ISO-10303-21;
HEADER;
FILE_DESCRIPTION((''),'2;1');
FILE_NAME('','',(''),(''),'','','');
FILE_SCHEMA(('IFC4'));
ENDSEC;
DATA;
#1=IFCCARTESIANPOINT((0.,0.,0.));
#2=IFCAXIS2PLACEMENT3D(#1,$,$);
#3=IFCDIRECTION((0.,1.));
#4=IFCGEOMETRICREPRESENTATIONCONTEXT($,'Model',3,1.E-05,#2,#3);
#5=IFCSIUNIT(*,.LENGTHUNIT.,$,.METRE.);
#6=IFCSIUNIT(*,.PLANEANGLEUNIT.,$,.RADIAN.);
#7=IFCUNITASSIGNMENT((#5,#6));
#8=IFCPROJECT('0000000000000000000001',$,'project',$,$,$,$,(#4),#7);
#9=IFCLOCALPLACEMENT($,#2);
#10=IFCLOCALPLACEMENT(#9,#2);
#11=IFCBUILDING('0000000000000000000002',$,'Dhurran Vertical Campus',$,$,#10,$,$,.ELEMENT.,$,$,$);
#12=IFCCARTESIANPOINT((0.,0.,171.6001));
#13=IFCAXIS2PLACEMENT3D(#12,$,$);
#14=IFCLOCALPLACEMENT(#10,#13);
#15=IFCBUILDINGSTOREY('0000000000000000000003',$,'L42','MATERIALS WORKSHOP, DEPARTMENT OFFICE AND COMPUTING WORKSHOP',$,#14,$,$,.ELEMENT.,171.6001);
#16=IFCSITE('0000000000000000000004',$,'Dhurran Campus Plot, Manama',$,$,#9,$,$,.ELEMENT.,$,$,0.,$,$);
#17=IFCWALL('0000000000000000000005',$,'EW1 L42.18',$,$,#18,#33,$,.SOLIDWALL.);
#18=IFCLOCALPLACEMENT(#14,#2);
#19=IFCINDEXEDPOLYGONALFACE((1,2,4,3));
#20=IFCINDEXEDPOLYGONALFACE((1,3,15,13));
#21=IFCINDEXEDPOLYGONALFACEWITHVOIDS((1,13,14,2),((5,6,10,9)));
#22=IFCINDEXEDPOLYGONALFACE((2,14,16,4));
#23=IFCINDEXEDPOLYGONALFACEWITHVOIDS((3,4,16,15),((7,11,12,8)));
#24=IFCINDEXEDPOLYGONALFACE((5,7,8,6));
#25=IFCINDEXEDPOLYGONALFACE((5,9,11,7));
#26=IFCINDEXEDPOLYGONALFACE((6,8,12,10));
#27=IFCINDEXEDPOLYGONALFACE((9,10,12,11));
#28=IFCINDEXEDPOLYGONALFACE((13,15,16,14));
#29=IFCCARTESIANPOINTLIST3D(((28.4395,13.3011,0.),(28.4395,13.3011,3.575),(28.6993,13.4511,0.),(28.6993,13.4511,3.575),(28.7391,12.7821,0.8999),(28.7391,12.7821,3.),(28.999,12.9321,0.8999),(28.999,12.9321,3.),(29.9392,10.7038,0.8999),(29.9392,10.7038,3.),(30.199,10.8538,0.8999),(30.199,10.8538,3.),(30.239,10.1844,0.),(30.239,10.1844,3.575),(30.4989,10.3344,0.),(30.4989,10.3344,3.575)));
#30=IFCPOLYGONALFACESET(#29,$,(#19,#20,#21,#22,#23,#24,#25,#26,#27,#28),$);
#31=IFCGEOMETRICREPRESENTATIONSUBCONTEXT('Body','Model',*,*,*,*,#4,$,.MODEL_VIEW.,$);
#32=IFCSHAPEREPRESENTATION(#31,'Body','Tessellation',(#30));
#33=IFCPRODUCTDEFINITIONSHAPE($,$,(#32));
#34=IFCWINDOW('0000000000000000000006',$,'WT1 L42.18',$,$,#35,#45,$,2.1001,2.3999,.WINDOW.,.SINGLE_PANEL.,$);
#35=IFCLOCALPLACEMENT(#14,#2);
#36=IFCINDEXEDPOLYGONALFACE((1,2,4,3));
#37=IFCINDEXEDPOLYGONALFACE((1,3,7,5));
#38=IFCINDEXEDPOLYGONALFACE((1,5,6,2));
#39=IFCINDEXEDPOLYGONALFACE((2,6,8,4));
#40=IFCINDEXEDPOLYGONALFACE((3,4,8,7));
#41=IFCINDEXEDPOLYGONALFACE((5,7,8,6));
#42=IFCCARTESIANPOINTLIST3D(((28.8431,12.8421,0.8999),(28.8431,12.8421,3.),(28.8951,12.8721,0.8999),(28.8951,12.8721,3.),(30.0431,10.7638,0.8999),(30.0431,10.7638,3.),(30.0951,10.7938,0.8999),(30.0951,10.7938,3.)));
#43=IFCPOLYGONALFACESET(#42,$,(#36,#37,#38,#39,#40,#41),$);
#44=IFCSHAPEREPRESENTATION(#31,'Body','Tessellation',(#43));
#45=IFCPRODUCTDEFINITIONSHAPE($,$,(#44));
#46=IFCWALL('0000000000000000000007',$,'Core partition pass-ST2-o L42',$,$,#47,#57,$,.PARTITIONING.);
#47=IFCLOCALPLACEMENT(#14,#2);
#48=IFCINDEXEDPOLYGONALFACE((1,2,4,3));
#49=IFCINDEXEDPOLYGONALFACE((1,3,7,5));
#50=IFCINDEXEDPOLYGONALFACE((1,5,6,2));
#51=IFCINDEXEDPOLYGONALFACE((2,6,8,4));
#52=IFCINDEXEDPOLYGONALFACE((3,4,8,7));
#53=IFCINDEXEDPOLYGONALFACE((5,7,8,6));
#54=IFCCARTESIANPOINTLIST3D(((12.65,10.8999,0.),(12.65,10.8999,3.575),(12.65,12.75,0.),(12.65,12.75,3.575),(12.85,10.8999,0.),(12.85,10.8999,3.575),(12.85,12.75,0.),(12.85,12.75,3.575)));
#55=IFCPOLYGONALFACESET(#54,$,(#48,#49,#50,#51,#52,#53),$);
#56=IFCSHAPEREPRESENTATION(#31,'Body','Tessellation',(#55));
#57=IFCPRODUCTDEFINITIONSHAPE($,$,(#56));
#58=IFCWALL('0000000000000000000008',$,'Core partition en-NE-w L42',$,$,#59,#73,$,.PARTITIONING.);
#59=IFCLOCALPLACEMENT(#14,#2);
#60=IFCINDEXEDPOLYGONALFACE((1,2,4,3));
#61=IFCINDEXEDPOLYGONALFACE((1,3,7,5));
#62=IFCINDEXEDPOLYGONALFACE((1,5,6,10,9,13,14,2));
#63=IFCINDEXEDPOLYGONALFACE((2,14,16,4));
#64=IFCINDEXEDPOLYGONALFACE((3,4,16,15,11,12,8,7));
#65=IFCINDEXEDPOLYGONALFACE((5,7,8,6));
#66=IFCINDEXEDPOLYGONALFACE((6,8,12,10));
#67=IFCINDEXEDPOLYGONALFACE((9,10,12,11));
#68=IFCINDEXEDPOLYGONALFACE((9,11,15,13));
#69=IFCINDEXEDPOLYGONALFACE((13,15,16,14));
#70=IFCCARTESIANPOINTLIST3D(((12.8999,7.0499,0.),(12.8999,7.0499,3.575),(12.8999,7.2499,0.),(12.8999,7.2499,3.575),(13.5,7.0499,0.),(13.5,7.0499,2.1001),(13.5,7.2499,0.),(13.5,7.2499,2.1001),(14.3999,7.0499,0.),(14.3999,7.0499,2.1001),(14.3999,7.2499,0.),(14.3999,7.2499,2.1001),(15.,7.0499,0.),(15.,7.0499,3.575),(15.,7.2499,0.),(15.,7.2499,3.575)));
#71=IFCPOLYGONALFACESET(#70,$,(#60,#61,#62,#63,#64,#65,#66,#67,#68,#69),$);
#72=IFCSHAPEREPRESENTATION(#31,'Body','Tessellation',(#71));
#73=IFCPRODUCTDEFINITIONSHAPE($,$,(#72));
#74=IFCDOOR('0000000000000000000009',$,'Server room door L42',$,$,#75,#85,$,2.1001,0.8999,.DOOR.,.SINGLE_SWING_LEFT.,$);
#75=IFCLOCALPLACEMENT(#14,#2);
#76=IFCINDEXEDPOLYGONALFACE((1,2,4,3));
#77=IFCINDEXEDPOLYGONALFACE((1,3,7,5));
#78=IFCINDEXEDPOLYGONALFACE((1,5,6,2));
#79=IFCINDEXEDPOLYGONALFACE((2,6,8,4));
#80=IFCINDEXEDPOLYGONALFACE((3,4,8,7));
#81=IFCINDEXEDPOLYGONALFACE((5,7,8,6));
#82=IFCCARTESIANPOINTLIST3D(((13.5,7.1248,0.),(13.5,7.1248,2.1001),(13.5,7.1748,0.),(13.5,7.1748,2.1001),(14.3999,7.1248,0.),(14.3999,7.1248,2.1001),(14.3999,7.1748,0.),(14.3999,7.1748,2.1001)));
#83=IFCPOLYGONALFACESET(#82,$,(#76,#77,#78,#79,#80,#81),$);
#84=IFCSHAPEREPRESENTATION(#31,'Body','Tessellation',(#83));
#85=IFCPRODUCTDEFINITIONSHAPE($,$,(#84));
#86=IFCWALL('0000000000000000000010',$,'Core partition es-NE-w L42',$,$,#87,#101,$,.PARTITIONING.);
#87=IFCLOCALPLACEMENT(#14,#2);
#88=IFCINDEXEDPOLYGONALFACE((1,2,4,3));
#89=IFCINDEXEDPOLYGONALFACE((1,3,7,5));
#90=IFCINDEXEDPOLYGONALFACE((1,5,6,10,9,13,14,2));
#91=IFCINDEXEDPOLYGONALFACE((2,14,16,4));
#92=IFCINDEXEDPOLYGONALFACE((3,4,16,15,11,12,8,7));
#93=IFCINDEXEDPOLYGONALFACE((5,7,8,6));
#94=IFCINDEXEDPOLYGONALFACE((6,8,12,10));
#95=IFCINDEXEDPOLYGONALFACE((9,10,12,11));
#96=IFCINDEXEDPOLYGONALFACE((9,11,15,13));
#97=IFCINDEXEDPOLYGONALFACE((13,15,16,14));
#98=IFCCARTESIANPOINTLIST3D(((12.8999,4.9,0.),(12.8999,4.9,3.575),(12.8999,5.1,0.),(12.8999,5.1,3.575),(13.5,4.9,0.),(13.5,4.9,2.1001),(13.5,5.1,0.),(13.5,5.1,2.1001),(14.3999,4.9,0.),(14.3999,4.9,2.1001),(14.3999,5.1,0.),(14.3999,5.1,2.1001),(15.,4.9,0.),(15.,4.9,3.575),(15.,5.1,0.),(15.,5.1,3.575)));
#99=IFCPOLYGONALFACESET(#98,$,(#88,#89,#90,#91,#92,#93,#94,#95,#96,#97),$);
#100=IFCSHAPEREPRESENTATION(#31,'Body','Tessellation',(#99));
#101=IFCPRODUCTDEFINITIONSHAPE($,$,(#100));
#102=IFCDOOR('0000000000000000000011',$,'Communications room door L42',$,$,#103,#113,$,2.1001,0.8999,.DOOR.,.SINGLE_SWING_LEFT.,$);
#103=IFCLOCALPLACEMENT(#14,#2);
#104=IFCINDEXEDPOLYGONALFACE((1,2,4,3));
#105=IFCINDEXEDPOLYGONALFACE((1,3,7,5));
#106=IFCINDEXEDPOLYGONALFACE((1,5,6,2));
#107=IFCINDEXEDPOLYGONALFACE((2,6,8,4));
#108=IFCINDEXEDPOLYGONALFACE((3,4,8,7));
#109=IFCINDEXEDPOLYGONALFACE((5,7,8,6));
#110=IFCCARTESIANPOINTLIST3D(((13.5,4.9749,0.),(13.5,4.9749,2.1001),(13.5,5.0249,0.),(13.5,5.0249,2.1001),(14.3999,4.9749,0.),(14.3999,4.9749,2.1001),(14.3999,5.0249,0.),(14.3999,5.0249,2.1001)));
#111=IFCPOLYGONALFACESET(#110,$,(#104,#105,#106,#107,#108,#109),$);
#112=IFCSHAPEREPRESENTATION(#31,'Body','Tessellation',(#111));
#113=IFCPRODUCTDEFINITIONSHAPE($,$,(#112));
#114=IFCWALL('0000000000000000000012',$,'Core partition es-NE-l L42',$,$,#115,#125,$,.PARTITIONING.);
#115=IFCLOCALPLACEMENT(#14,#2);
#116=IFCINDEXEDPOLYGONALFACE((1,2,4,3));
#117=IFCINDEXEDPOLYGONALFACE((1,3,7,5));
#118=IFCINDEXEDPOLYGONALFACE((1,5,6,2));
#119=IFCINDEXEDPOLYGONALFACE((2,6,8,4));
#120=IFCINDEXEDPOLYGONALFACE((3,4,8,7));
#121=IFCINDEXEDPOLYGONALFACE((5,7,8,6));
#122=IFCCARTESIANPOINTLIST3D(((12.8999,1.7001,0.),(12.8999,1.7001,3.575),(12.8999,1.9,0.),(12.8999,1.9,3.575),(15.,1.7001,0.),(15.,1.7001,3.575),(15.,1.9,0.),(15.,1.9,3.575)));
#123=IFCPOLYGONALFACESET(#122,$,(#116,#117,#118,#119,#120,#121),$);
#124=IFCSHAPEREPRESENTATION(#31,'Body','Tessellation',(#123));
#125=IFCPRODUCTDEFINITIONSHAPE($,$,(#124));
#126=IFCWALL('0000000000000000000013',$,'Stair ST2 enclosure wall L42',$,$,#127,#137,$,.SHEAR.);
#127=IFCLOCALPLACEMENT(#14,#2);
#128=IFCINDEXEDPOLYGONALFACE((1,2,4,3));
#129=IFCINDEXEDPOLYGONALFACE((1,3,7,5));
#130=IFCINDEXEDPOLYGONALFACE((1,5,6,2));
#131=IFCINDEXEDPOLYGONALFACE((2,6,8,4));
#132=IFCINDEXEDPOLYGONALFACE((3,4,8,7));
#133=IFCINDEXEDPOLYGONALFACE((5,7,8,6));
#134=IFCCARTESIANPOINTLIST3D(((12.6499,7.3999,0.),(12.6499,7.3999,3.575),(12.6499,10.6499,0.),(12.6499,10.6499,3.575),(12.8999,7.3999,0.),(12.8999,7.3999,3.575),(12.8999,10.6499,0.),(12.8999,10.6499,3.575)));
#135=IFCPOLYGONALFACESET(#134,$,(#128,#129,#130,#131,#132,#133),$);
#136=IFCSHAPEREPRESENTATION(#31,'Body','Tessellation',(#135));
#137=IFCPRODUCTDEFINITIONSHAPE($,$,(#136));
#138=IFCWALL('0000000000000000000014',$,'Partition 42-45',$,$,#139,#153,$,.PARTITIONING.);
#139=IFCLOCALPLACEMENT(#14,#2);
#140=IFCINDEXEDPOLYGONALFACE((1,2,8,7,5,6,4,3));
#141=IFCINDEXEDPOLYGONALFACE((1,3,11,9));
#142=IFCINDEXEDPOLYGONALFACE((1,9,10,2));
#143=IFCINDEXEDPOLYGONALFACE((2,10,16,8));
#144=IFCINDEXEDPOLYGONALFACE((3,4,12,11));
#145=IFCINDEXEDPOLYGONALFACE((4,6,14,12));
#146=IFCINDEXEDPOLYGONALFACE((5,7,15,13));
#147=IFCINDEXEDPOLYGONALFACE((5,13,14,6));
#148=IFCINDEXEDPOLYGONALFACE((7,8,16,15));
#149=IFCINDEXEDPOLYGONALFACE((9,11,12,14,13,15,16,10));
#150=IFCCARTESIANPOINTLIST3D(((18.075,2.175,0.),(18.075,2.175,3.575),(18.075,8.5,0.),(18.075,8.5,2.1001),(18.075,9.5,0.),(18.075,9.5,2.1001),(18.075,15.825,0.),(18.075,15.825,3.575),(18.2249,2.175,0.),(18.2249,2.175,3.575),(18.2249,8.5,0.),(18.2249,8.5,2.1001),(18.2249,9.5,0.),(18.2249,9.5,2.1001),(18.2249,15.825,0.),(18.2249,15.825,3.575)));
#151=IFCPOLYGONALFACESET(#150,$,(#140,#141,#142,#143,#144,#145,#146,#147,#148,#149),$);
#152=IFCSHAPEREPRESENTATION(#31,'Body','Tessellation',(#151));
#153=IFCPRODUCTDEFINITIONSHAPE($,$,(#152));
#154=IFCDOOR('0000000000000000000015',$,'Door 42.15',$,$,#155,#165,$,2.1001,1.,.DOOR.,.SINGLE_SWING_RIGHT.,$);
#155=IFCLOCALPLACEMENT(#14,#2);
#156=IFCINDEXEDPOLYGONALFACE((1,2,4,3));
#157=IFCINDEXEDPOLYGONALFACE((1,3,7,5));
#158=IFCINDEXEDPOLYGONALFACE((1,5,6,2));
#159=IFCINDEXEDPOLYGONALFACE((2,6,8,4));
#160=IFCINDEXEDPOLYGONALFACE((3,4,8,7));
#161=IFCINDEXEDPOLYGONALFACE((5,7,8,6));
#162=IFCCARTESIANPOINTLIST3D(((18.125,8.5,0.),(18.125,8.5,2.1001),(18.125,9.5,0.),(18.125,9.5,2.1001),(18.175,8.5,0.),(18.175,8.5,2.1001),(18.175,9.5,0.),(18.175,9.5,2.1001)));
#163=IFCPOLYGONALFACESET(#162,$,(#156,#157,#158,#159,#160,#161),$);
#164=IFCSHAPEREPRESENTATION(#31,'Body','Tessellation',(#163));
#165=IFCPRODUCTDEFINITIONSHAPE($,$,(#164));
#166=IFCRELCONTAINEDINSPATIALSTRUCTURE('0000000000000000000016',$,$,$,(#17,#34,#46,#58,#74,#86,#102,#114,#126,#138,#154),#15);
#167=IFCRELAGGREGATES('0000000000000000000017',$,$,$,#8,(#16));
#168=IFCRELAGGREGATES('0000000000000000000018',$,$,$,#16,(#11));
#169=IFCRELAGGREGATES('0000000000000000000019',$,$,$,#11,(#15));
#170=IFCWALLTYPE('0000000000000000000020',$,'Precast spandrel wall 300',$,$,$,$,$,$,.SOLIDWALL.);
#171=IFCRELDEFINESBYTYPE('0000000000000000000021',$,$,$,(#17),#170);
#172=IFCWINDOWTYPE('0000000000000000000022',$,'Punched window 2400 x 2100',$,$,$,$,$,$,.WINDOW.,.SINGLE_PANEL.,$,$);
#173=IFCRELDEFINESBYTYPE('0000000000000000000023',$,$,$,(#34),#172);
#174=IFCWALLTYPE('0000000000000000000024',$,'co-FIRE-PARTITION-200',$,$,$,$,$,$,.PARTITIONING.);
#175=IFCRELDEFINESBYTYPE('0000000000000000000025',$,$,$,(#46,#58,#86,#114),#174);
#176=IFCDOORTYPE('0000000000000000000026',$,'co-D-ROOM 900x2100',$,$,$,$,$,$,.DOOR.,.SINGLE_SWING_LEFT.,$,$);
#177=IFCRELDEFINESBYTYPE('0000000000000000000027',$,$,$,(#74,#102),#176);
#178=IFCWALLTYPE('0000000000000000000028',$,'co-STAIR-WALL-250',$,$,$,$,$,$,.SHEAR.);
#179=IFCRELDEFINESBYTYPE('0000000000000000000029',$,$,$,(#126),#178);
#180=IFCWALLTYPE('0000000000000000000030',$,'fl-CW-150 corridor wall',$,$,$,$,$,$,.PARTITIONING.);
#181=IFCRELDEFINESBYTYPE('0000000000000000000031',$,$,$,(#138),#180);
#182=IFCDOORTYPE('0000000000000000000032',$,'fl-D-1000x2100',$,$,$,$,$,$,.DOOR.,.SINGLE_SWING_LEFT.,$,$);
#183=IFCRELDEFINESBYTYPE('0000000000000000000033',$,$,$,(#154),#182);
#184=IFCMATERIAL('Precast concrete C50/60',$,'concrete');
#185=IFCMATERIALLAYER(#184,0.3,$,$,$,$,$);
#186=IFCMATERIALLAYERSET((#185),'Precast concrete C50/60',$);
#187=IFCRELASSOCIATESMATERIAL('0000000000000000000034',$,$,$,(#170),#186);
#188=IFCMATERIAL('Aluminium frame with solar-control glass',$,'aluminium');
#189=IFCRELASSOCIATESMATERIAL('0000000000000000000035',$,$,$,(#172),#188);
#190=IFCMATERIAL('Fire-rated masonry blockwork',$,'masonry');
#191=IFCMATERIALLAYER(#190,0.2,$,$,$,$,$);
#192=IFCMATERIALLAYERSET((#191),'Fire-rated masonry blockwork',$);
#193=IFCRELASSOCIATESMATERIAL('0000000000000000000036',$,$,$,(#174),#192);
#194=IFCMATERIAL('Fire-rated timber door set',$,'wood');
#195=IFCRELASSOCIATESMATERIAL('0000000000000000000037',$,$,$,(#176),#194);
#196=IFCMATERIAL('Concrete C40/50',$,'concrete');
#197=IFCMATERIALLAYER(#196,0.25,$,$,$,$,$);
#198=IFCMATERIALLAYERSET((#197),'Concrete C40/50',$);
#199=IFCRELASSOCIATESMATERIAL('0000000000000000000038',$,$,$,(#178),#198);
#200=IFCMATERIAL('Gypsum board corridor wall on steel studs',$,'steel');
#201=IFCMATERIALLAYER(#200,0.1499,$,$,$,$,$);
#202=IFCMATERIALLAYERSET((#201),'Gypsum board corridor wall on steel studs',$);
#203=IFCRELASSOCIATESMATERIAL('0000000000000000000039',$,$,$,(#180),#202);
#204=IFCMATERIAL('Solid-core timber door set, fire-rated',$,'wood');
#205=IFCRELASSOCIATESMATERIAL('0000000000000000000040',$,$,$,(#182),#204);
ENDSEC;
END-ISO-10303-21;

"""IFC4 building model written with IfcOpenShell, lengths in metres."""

from ifc_helpers import new_model, si_unit, direction, frame, frame_2d, origin, place, context, subcontext, project, spatial, rectangle, extrude, material, layer, layer_set, type_object, element, fill, save


model = new_model("IFC4")

# Units and contexts
model_context = context("Model", 3, precision=1e-05, world=origin(), true_north=direction((0.0, 1.0)))
body_context = subcontext(model_context, "Body", "Model", "MODEL_VIEW")
ifc_project = project(units=[si_unit("LENGTHUNIT", "METRE"), si_unit("PLANEANGLEUNIT", "RADIAN")], contexts=[model_context])

# Site, building, storey
site_placement = place(None, origin())
site = spatial("IfcSite", under=ifc_project, at=site_placement, Name="Dhurran Campus Plot, Manama", CompositionType="ELEMENT", RefElevation=0.0)
building_placement = place(site_placement, origin())
building = spatial("IfcBuilding", under=site, at=building_placement, Name="Dhurran Vertical Campus", CompositionType="ELEMENT")
storey_placement = place(building_placement, frame((0.0, 0.0, 171.6001)))
storey = spatial("IfcBuildingStorey", under=building, at=storey_placement, Name="L42", Description="MATERIALS WORKSHOP, DEPARTMENT OFFICE AND COMPUTING WORKSHOP", CompositionType="ELEMENT", Elevation=171.6001)

# Wall, opening, window
ifc_material_1 = material(Name="Precast concrete C50/60", Category="concrete")
ifc_layer_1 = layer(ifc_material_1, 0.3)
ifc_layer_set_1 = layer_set([ifc_layer_1], Name="Precast concrete C50/60")
wall_type_1 = type_object("IfcWallType", Name="Precast spandrel wall 300", PredefinedType="SOLIDWALL", material=ifc_layer_set_1)
ifc_material_2 = material(Name="Aluminium frame with solar-control glass", Category="aluminium")
window_type = type_object("IfcWindowType", Name="Punched window 2400 x 2100", PartitioningType="SINGLE_PANEL", PredefinedType="WINDOW", material=ifc_material_2)
wall_1_placement = place(storey_placement, frame((30.3689, 10.2595, 0.0), z_axis=(0.0, 0.0, 1.0), x_axis=(-0.500028, 0.866009, 0.0)))
wall_1 = element("IfcWall", 1, at=wall_1_placement, inside=storey, type_object=wall_type_1, Name="EW1 L42.18", PredefinedType="SOLIDWALL", context=body_context, shape_type="SweptSolid", body=[
    extrude(rectangle(XDim=3.5989, YDim=0.3, at=frame_2d((1.7993, 0.0))), origin(), (0.0, 0.0, 1.0), 3.575),
])
opening_1_placement = place(wall_1_placement, frame((0.5996, 0.0, 0.8999)))
opening_1 = element("IfcOpeningElement", 2, at=opening_1_placement, cuts=wall_1, PredefinedType="OPENING", context=body_context, shape_type="SweptSolid", body=[
    extrude(rectangle(XDim=2.3999, YDim=2.1001, at=frame_2d((1.2, 1.05))), frame((0.0, 0.1599, 0.0), z_axis=(0.0, -1.0, 0.0), x_axis=(1.0, 0.0, 0.0)), (0.0, 0.0, 1.0), 0.3201),
])
window_1_placement = place(opening_1_placement, origin())
window_1 = element("IfcWindow", 3, at=window_1_placement, inside=storey, type_object=window_type, Name="WT1 L42.18", OverallHeight=2.1001, OverallWidth=2.3999, PartitioningType="SINGLE_PANEL", PredefinedType="WINDOW", context=body_context, shape_type="SweptSolid", body=[
    extrude(rectangle(XDim=2.3999, YDim=2.1001, at=frame_2d((1.2, 1.05))), frame((0.0, 0.03, 0.0), z_axis=(0.0, -1.0, 0.0), x_axis=(1.0, 0.0, 0.0)), (0.0, 0.0, 1.0), 0.0601),
])
fill(opening_1, window_1)

# Wall
ifc_material_3 = material(Name="Fire-rated masonry blockwork", Category="masonry")
ifc_layer_2 = layer(ifc_material_3, 0.2)
ifc_layer_set_2 = layer_set([ifc_layer_2], Name="Fire-rated masonry blockwork")
wall_type_2 = type_object("IfcWallType", Name="co-FIRE-PARTITION-200", PredefinedType="PARTITIONING", material=ifc_layer_set_2)
wall_2_placement = place(storey_placement, frame((12.75, 10.8999, 0.0), z_axis=(0.0, 0.0, 1.0), x_axis=(0.0, 1.0, 0.0)))
element("IfcWall", 4, at=wall_2_placement, inside=storey, type_object=wall_type_2, Name="Core partition pass-ST2-o L42", PredefinedType="PARTITIONING", context=body_context, shape_type="SweptSolid", body=[
    extrude(rectangle(XDim=1.8501, YDim=0.2, at=frame_2d((0.925, 0.0))), origin(), (0.0, 0.0, 1.0), 3.575),
])

# Walls, openings, doors
wall_3_placement = place(storey_placement, frame((12.8999, 7.1499, 0.0), z_axis=(0.0, 0.0, 1.0), x_axis=(1.0, 0.0, 0.0)))
wall_3 = element("IfcWall", 5, at=wall_3_placement, inside=storey, type_object=wall_type_2, Name="Core partition en-NE-w L42", PredefinedType="PARTITIONING", context=body_context, shape_type="SweptSolid", body=[
    extrude(rectangle(XDim=2.1001, YDim=0.2, at=frame_2d((1.05, 0.0))), origin(), (0.0, 0.0, 1.0), 3.575),
])
opening_2_placement = place(wall_3_placement, frame((0.6001, 0.0, 0.0)))
opening_2 = element("IfcOpeningElement", 6, at=opening_2_placement, cuts=wall_3, PredefinedType="OPENING", context=body_context, shape_type="SweptSolid", body=[
    extrude(rectangle(XDim=0.8999, YDim=2.1001, at=frame_2d((0.45, 1.05))), frame((0.0, 0.1099, 0.0), z_axis=(0.0, -1.0, 0.0), x_axis=(1.0, 0.0, 0.0)), (0.0, 0.0, 1.0), 0.22),
])
ifc_material_4 = material(Name="Fire-rated timber door set", Category="wood")
door_type_1 = type_object("IfcDoorType", Name="co-D-ROOM 900x2100", OperationType="SINGLE_SWING_LEFT", PredefinedType="DOOR", material=ifc_material_4)
door_1_placement = place(opening_2_placement, origin())
door_1 = element("IfcDoor", 7, at=door_1_placement, inside=storey, type_object=door_type_1, Name="Server room door L42", OperationType="SINGLE_SWING_LEFT", OverallHeight=2.1001, OverallWidth=0.8999, PredefinedType="DOOR", context=body_context, shape_type="SweptSolid", body=[
    extrude(rectangle(XDim=0.8999, YDim=2.1001, at=frame_2d((0.45, 1.05))), frame((0.0, 0.0249, 0.0), z_axis=(0.0, -1.0, 0.0), x_axis=(1.0, 0.0, 0.0)), (0.0, 0.0, 1.0), 0.05),
])
fill(opening_2, door_1)
wall_4_placement = place(storey_placement, frame((12.8999, 5.0, 0.0), z_axis=(0.0, 0.0, 1.0), x_axis=(1.0, 0.0, 0.0)))
wall_4 = element("IfcWall", 8, at=wall_4_placement, inside=storey, type_object=wall_type_2, Name="Core partition es-NE-w L42", PredefinedType="PARTITIONING", context=body_context, shape_type="SweptSolid", body=[
    extrude(rectangle(XDim=2.1001, YDim=0.2, at=frame_2d((1.05, 0.0))), origin(), (0.0, 0.0, 1.0), 3.575),
])
opening_3_placement = place(wall_4_placement, frame((0.6001, 0.0, 0.0)))
opening_3 = element("IfcOpeningElement", 9, at=opening_3_placement, cuts=wall_4, PredefinedType="OPENING", context=body_context, shape_type="SweptSolid", body=[
    extrude(rectangle(XDim=0.8999, YDim=2.1001, at=frame_2d((0.45, 1.05))), frame((0.0, 0.1099, 0.0), z_axis=(0.0, -1.0, 0.0), x_axis=(1.0, 0.0, 0.0)), (0.0, 0.0, 1.0), 0.22),
])
door_2_placement = place(opening_3_placement, origin())
door_2 = element("IfcDoor", 10, at=door_2_placement, inside=storey, type_object=door_type_1, Name="Communications room door L42", OperationType="SINGLE_SWING_LEFT", OverallHeight=2.1001, OverallWidth=0.8999, PredefinedType="DOOR", context=body_context, shape_type="SweptSolid", body=[
    extrude(rectangle(XDim=0.8999, YDim=2.1001, at=frame_2d((0.45, 1.05))), frame((0.0, 0.0249, 0.0), z_axis=(0.0, -1.0, 0.0), x_axis=(1.0, 0.0, 0.0)), (0.0, 0.0, 1.0), 0.05),
])
fill(opening_3, door_2)

# Walls
wall_5_placement = place(storey_placement, frame((12.8999, 1.8, 0.0), z_axis=(0.0, 0.0, 1.0), x_axis=(1.0, 0.0, 0.0)))
element("IfcWall", 11, at=wall_5_placement, inside=storey, type_object=wall_type_2, Name="Core partition es-NE-l L42", PredefinedType="PARTITIONING", context=body_context, shape_type="SweptSolid", body=[
    extrude(rectangle(XDim=2.1001, YDim=0.2, at=frame_2d((1.05, 0.0))), origin(), (0.0, 0.0, 1.0), 3.575),
])
ifc_material_5 = material(Name="Concrete C40/50", Category="concrete")
ifc_layer_3 = layer(ifc_material_5, 0.25)
ifc_layer_set_3 = layer_set([ifc_layer_3], Name="Concrete C40/50")
wall_type_3 = type_object("IfcWallType", Name="co-STAIR-WALL-250", PredefinedType="SHEAR", material=ifc_layer_set_3)
wall_6_placement = place(storey_placement, frame((12.7749, 7.3999, 0.0), z_axis=(0.0, 0.0, 1.0), x_axis=(0.0, 1.0, 0.0)))
element("IfcWall", 12, at=wall_6_placement, inside=storey, type_object=wall_type_3, Name="Stair ST2 enclosure wall L42", PredefinedType="SHEAR", context=body_context, shape_type="SweptSolid", body=[
    extrude(rectangle(XDim=3.25, YDim=0.25, at=frame_2d((1.625, 0.0))), origin(), (0.0, 0.0, 1.0), 3.575),
])

# Wall, opening, door
ifc_material_6 = material(Name="Gypsum board corridor wall on steel studs", Category="steel")
ifc_layer_4 = layer(ifc_material_6, 0.1499)
ifc_layer_set_4 = layer_set([ifc_layer_4], Name="Gypsum board corridor wall on steel studs")
wall_type_4 = type_object("IfcWallType", Name="fl-CW-150 corridor wall", PredefinedType="PARTITIONING", material=ifc_layer_set_4)
wall_7_placement = place(storey_placement, frame((18.1499, 2.175, 0.0), z_axis=(0.0, 0.0, 1.0), x_axis=(0.0, 1.0, 0.0)))
wall_7 = element("IfcWall", 13, at=wall_7_placement, inside=storey, type_object=wall_type_4, Name="Partition 42-45", PredefinedType="PARTITIONING", context=body_context, shape_type="SweptSolid", body=[
    extrude(rectangle(XDim=13.6499, YDim=0.1499, at=frame_2d((6.825, 0.0))), origin(), (0.0, 0.0, 1.0), 3.575),
])
opening_4_placement = place(wall_7_placement, frame((6.325, 0.0, 0.0)))
opening_4 = element("IfcOpeningElement", 14, at=opening_4_placement, cuts=wall_7, PredefinedType="OPENING", context=body_context, shape_type="SweptSolid", body=[
    extrude(rectangle(XDim=1.0, YDim=2.1001, at=frame_2d((0.5, 1.05))), frame((0.0, 0.085, 0.0), z_axis=(0.0, -1.0, 0.0), x_axis=(1.0, 0.0, 0.0)), (0.0, 0.0, 1.0), 0.1699),
])
ifc_material_7 = material(Name="Solid-core timber door set, fire-rated", Category="wood")
door_type_2 = type_object("IfcDoorType", Name="fl-D-1000x2100", OperationType="SINGLE_SWING_LEFT", PredefinedType="DOOR", material=ifc_material_7)
door_3_placement = place(opening_4_placement, origin())
door_3 = element("IfcDoor", 15, at=door_3_placement, inside=storey, type_object=door_type_2, Name="Door 42.15", OperationType="SINGLE_SWING_RIGHT", OverallHeight=2.1001, OverallWidth=1.0, PredefinedType="DOOR", context=body_context, shape_type="SweptSolid", body=[
    extrude(rectangle(XDim=1.0, YDim=2.1001, at=frame_2d((0.5, 1.05))), frame((0.0, 0.0249, 0.0), z_axis=(0.0, -1.0, 0.0), x_axis=(1.0, 0.0, 0.0)), (0.0, 0.0, 1.0), 0.05),
])
fill(opening_4, door_3)

save(model, "model.ifc")
